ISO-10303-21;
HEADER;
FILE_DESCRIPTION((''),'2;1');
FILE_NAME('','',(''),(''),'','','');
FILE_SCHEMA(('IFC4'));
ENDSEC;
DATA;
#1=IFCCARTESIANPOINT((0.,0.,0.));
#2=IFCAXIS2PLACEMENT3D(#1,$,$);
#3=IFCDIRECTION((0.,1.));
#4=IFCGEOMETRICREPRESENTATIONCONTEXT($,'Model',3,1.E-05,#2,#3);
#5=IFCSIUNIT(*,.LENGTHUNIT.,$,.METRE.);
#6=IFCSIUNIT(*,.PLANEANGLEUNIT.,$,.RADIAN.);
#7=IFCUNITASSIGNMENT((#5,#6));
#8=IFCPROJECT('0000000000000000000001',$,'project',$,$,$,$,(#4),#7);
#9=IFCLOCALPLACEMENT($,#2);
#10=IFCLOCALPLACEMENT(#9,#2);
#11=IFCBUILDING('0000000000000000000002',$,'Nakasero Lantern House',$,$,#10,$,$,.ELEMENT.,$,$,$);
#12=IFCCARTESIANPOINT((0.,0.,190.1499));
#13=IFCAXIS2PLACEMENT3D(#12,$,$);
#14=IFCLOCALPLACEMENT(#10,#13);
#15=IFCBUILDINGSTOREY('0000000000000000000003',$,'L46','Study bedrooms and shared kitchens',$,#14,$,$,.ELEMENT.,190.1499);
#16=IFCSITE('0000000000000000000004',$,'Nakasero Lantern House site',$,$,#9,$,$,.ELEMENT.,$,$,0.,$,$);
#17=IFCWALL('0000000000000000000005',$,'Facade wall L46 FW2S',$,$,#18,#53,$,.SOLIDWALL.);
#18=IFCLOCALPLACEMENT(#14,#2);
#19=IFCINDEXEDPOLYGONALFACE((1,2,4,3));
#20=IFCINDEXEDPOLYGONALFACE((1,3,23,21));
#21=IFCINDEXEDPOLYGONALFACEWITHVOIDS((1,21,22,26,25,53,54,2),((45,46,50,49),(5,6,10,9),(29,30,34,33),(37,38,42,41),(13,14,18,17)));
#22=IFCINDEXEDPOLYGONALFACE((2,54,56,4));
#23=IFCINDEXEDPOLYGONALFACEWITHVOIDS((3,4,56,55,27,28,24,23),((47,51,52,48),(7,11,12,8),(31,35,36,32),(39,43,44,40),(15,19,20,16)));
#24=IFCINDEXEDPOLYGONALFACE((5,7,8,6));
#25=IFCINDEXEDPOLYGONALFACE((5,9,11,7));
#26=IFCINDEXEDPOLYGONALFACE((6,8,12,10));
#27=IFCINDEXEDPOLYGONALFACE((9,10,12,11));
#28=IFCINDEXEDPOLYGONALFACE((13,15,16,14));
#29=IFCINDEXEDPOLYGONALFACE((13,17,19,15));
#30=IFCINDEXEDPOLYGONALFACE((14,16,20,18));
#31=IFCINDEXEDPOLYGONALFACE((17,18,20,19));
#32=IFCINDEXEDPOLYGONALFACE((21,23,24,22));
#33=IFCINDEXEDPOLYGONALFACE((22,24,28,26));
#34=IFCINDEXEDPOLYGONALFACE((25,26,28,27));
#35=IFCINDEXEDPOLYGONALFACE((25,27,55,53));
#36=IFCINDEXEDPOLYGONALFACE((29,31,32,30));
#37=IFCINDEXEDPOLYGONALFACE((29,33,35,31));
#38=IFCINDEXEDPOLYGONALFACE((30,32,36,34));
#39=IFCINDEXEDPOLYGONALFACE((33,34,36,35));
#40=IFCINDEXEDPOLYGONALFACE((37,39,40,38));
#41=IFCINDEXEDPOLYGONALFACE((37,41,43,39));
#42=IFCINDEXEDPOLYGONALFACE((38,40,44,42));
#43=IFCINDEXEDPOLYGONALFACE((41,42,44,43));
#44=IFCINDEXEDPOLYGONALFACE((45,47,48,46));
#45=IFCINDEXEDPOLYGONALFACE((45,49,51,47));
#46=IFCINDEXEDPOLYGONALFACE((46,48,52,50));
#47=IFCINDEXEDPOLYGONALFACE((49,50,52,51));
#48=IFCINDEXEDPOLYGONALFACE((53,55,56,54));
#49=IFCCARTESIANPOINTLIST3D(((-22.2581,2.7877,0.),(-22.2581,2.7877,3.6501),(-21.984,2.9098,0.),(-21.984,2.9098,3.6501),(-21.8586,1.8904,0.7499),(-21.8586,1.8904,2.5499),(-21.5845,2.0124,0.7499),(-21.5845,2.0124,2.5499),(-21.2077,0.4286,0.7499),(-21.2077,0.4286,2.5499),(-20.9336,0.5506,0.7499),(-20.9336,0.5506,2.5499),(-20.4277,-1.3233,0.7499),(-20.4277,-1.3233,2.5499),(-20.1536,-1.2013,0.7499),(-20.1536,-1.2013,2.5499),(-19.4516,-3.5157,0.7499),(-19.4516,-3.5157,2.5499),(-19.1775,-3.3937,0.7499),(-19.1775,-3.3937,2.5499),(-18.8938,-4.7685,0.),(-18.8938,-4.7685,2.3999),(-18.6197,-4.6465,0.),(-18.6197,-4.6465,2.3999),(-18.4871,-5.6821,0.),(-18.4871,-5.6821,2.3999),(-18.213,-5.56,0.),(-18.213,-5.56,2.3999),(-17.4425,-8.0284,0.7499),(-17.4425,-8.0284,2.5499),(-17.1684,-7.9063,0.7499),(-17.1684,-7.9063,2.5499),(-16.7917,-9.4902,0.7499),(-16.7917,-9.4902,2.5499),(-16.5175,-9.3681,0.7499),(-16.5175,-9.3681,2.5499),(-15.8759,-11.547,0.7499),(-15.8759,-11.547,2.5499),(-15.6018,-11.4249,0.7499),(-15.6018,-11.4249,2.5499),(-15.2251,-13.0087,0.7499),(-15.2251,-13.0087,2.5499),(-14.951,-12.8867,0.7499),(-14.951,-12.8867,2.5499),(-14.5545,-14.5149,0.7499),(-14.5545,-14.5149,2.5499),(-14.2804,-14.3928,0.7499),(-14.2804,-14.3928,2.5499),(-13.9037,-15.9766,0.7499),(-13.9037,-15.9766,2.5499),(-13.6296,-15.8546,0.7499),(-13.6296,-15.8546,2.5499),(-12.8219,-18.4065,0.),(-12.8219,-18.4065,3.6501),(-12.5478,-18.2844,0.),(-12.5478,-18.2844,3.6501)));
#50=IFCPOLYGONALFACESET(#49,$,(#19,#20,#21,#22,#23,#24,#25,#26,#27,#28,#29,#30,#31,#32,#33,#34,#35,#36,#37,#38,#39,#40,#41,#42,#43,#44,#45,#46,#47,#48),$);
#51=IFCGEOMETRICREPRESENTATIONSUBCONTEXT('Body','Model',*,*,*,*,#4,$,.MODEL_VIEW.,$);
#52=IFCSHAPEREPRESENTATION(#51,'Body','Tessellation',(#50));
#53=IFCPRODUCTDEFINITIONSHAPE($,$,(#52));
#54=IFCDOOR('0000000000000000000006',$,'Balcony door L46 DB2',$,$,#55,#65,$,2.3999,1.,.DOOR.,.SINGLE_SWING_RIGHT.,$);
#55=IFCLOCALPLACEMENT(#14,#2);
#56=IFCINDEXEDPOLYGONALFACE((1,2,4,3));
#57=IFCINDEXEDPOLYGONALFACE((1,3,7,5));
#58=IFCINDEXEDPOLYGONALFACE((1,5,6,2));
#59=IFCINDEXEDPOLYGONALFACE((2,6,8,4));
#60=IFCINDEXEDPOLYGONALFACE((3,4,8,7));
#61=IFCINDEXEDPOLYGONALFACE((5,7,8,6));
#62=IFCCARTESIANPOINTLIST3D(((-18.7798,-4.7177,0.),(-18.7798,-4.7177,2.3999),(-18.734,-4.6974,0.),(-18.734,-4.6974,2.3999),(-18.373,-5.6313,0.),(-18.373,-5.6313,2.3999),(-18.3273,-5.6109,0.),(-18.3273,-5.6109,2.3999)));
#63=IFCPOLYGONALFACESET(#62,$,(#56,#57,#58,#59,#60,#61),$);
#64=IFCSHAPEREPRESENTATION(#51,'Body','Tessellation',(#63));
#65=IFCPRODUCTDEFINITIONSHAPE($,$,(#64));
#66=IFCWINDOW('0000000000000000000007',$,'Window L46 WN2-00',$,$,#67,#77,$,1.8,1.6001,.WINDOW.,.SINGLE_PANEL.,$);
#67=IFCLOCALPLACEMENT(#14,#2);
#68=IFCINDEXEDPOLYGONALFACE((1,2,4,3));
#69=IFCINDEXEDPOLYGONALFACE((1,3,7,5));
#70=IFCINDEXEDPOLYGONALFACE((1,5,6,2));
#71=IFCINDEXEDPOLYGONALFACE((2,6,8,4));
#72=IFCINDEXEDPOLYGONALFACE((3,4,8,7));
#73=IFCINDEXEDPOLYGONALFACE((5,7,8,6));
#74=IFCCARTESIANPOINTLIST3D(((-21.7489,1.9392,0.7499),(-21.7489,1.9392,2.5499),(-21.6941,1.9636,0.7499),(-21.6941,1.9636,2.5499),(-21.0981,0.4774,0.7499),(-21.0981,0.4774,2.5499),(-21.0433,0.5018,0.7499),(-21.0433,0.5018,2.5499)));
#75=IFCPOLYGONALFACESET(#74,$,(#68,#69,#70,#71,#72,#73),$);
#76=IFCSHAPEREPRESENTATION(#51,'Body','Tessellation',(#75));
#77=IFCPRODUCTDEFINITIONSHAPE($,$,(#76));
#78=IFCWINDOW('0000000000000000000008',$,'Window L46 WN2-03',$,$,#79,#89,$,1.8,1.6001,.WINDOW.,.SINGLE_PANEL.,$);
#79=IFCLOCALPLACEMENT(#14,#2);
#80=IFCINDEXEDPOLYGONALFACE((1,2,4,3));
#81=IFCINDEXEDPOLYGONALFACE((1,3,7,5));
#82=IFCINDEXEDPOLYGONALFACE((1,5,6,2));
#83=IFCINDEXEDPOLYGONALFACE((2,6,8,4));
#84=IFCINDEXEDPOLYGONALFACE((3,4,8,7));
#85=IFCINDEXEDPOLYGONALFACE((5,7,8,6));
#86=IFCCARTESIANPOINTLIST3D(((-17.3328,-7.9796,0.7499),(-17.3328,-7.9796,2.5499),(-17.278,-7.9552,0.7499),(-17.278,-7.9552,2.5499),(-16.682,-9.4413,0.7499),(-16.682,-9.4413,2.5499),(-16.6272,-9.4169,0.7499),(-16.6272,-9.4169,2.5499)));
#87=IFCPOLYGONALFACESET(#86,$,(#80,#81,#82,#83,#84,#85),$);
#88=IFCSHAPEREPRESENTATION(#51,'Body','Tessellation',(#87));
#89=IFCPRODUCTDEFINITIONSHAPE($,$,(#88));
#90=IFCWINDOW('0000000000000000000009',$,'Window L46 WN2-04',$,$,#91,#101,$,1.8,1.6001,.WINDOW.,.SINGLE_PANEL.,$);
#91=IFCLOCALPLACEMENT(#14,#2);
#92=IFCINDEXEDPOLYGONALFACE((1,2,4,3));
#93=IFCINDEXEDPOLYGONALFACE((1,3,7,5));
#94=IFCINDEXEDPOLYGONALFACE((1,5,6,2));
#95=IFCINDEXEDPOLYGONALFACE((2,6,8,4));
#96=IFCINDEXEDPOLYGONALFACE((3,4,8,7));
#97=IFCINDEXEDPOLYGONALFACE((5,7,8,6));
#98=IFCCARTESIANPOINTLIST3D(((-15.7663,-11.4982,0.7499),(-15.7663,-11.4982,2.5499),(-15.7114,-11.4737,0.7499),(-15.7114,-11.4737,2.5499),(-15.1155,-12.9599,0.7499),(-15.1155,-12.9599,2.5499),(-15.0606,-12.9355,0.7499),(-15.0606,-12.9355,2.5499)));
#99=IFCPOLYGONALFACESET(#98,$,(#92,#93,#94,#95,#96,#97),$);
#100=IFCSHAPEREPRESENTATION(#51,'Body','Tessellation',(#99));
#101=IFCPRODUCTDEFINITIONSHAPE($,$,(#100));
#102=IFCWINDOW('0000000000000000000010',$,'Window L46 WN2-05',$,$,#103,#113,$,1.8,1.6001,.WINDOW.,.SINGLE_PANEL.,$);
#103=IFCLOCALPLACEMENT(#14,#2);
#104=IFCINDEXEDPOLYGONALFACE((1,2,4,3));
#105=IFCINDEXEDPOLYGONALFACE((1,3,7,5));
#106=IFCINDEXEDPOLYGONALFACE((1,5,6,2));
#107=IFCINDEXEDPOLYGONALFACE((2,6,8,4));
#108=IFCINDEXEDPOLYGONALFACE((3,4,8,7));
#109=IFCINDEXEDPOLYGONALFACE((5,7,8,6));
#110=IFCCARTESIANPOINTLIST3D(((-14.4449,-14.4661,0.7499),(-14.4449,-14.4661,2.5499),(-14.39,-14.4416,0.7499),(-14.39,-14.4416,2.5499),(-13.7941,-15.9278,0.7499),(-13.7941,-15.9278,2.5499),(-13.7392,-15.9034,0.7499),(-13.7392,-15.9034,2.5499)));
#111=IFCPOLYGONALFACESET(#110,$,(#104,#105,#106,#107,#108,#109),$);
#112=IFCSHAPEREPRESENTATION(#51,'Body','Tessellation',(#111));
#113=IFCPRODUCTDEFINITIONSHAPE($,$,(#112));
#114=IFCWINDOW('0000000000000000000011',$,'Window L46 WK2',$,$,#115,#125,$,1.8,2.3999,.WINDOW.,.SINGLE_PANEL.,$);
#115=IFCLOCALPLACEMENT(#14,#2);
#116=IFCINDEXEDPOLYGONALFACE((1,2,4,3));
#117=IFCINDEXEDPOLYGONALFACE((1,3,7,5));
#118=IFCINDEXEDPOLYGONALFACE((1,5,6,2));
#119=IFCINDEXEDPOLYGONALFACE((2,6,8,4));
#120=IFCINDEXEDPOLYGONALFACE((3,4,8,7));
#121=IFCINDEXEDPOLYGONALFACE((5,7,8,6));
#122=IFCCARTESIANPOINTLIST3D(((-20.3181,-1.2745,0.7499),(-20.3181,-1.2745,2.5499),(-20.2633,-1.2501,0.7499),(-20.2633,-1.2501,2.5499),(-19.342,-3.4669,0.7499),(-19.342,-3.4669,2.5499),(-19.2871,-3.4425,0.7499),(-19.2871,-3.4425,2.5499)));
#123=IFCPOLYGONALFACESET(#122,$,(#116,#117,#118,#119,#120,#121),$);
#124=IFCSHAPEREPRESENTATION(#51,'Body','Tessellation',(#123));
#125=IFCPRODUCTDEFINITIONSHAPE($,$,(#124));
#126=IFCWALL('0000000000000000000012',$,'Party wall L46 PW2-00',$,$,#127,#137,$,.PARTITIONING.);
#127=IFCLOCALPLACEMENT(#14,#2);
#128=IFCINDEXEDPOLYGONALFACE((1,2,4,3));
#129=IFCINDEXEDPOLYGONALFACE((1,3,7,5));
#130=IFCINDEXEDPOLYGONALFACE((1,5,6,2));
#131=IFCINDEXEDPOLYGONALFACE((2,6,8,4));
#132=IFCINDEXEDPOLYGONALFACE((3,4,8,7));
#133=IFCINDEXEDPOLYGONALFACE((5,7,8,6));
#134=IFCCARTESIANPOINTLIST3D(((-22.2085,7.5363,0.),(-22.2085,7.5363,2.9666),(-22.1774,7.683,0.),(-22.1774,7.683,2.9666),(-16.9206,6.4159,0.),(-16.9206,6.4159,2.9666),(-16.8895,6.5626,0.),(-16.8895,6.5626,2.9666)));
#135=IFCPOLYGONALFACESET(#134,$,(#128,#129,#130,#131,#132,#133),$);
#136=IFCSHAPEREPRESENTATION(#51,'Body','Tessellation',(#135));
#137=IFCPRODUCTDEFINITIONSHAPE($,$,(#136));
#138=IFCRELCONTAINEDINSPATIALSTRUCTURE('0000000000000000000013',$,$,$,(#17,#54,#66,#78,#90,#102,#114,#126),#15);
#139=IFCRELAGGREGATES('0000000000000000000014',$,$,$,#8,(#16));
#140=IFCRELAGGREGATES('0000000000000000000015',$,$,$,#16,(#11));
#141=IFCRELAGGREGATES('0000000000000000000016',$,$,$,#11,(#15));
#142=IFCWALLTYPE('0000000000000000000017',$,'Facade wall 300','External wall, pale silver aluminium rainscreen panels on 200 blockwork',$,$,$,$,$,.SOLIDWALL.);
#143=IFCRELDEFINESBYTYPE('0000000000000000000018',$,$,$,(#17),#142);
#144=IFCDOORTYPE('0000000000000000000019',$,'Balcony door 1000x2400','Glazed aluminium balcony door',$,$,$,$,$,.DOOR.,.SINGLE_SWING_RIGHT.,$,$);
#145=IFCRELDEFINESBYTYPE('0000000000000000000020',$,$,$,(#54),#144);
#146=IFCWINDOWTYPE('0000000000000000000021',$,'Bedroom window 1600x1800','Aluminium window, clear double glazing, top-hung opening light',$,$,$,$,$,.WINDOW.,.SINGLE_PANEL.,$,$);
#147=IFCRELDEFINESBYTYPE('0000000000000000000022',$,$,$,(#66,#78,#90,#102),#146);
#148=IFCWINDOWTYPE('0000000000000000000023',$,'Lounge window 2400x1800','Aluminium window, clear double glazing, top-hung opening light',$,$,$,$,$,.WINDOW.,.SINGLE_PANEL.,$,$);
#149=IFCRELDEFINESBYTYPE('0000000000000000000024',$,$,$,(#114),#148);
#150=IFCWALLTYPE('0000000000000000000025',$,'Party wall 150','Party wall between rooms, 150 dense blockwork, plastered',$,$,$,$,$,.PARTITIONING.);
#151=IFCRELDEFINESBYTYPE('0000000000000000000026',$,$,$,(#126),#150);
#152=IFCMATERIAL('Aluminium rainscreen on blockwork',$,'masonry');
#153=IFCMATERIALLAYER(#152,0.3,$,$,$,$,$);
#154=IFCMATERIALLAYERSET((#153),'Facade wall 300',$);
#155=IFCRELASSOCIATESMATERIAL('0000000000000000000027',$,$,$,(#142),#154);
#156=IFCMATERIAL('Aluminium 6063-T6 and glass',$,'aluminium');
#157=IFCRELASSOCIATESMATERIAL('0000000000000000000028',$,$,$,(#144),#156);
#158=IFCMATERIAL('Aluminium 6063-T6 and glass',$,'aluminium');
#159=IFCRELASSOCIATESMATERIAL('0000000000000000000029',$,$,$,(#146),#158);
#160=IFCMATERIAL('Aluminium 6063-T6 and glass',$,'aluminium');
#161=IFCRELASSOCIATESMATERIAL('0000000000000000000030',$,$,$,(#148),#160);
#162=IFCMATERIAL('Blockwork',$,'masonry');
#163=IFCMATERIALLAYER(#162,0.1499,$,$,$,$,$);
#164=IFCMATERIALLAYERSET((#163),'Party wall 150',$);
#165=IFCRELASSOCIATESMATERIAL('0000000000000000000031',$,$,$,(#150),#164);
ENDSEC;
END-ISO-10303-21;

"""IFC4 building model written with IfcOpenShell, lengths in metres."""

from ifc_helpers import new_model, si_unit, direction, frame, frame_2d, origin, place, context, subcontext, project, spatial, rectangle, extrude, material, layer, layer_set, type_object, element, fill, save


model = new_model("IFC4")

# Units and contexts
model_context = context("Model", 3, precision=1e-05, world=origin(), true_north=direction((0.0, 1.0)))
body_context = subcontext(model_context, "Body", "Model", "MODEL_VIEW")
ifc_project = project(units=[si_unit("LENGTHUNIT", "METRE"), si_unit("PLANEANGLEUNIT", "RADIAN")], contexts=[model_context])

# Site, building, storey
site_placement = place(None, origin())
site = spatial("IfcSite", under=ifc_project, at=site_placement, Name="Nakasero Lantern House site", CompositionType="ELEMENT", RefElevation=0.0)
building_placement = place(site_placement, origin())
building = spatial("IfcBuilding", under=site, at=building_placement, Name="Nakasero Lantern House", CompositionType="ELEMENT")
storey_placement = place(building_placement, frame((0.0, 0.0, 190.1499)))
storey = spatial("IfcBuildingStorey", under=building, at=storey_placement, Name="L46", Description="Study bedrooms and shared kitchens", CompositionType="ELEMENT", Elevation=190.1499)

# Shared definitions
ifc_material_1 = material(Name="Aluminium rainscreen on blockwork", Category="masonry")
ifc_layer_1 = layer(ifc_material_1, 0.3)
ifc_layer_set_1 = layer_set([ifc_layer_1], Name="Facade wall 300")
wall_type_1 = type_object("IfcWallType", Name="Facade wall 300", Description="External wall, pale silver aluminium rainscreen panels on 200 blockwork", PredefinedType="SOLIDWALL", material=ifc_layer_set_1)

# Wall, openings, door, windows
wall_1_placement = place(storey_placement, frame((-22.1211, 2.8489, 0.0), z_axis=(0.0, 0.0, 1.0), x_axis=(0.406735, -0.913546, 0.0)))
wall_1 = element("IfcWall", 1, at=wall_1_placement, inside=storey, type_object=wall_type_1, Name="Facade wall L46 FW2S", PredefinedType="SOLIDWALL", context=body_context, shape_type="SweptSolid", body=[
    extrude(rectangle(XDim=23.2, YDim=0.3, at=frame_2d((11.6001, 0.0))), origin(), (0.0, 0.0, 1.0), 3.6501),
])
opening_1_placement = place(wall_1_placement, frame((0.9824, 0.0, 0.75)))
opening_1 = element("IfcOpeningElement", 2, at=opening_1_placement, cuts=wall_1, PredefinedType="OPENING", context=body_context, shape_type="SweptSolid", body=[
    extrude(rectangle(XDim=1.6001, YDim=1.8, at=frame_2d((0.8, 0.8999))), frame((0.0, 0.1699, 0.0), z_axis=(0.0, -1.0, 0.0), x_axis=(1.0, 0.0, 0.0)), (0.0, 0.0, 1.0), 0.3401),
])
opening_2_placement = place(wall_1_placement, frame((11.8398, 0.0, 0.75)))
opening_2 = element("IfcOpeningElement", 3, at=opening_2_placement, cuts=wall_1, PredefinedType="OPENING", context=body_context, shape_type="SweptSolid", body=[
    extrude(rectangle(XDim=1.6001, YDim=1.8, at=frame_2d((0.8, 0.8999))), frame((0.0, 0.1699, 0.0), z_axis=(0.0, -1.0, 0.0), x_axis=(1.0, 0.0, 0.0)), (0.0, 0.0, 1.0), 0.3401),
])
opening_3_placement = place(wall_1_placement, frame((15.6914, 0.0, 0.75)))
opening_3 = element("IfcOpeningElement", 4, at=opening_3_placement, cuts=wall_1, PredefinedType="OPENING", context=body_context, shape_type="SweptSolid", body=[
    extrude(rectangle(XDim=1.6001, YDim=1.8, at=frame_2d((0.8, 0.8999))), frame((0.0, 0.1699, 0.0), z_axis=(0.0, -1.0, 0.0), x_axis=(1.0, 0.0, 0.0)), (0.0, 0.0, 1.0), 0.3401),
])
opening_4_placement = place(wall_1_placement, frame((18.9402, 0.0, 0.75)))
opening_4 = element("IfcOpeningElement", 5, at=opening_4_placement, cuts=wall_1, PredefinedType="OPENING", context=body_context, shape_type="SweptSolid", body=[
    extrude(rectangle(XDim=1.6001, YDim=1.8, at=frame_2d((0.8, 0.8999))), frame((0.0, 0.1699, 0.0), z_axis=(0.0, -1.0, 0.0), x_axis=(1.0, 0.0, 0.0)), (0.0, 0.0, 1.0), 0.3401),
])
opening_5_placement = place(wall_1_placement, frame((4.5002, 0.0, 0.75)))
opening_5 = element("IfcOpeningElement", 6, at=opening_5_placement, cuts=wall_1, PredefinedType="OPENING", context=body_context, shape_type="SweptSolid", body=[
    extrude(rectangle(XDim=2.3999, YDim=1.8, at=frame_2d((1.2, 0.8999))), frame((0.0, 0.1699, 0.0), z_axis=(0.0, -1.0, 0.0), x_axis=(1.0, 0.0, 0.0)), (0.0, 0.0, 1.0), 0.3401),
])
opening_6_placement = place(wall_1_placement, frame((8.2715, 0.0, 0.0)))
opening_6 = element("IfcOpeningElement", 7, at=opening_6_placement, cuts=wall_1, PredefinedType="OPENING", context=body_context, shape_type="SweptSolid", body=[
    extrude(rectangle(XDim=1.0, YDim=2.3999, at=frame_2d((0.5, 1.2))), frame((0.0, 0.1699, 0.0), z_axis=(0.0, -1.0, 0.0), x_axis=(1.0, 0.0, 0.0)), (0.0, 0.0, 1.0), 0.3401),
])
ifc_material_2 = material(Name="Aluminium 6063-T6 and glass", Category="aluminium")
door_type_1 = type_object("IfcDoorType", Name="Balcony door 1000x2400", Description="Glazed aluminium balcony door", OperationType="SINGLE_SWING_RIGHT", PredefinedType="DOOR", material=ifc_material_2)
door_1_placement = place(opening_6_placement, origin())
door_1 = element("IfcDoor", 8, at=door_1_placement, inside=storey, type_object=door_type_1, Name="Balcony door L46 DB2", OperationType="SINGLE_SWING_RIGHT", OverallHeight=2.3999, OverallWidth=1.0, PredefinedType="DOOR", context=body_context, shape_type="SweptSolid", body=[
    extrude(rectangle(XDim=1.0, YDim=2.3999, at=frame_2d((0.5, 1.2))), frame((0.0, 0.0249, 0.0), z_axis=(0.0, -1.0, 0.0), x_axis=(1.0, 0.0, 0.0)), (0.0, 0.0, 1.0), 0.05),
])
fill(opening_6, door_1)
ifc_material_3 = material(Name="Aluminium 6063-T6 and glass", Category="aluminium")
window_type_1 = type_object("IfcWindowType", Name="Bedroom window 1600x1800", Description="Aluminium window, clear double glazing, top-hung opening light", PartitioningType="SINGLE_PANEL", PredefinedType="WINDOW", material=ifc_material_3)
window_1_placement = place(opening_1_placement, origin())
window_1 = element("IfcWindow", 9, at=window_1_placement, inside=storey, type_object=window_type_1, Name="Window L46 WN2-00", OverallHeight=1.8, OverallWidth=1.6001, PartitioningType="SINGLE_PANEL", PredefinedType="WINDOW", context=body_context, shape_type="SweptSolid", body=[
    extrude(rectangle(XDim=1.6001, YDim=1.8, at=frame_2d((0.8, 0.8999))), frame((0.0, 0.03, 0.0), z_axis=(0.0, -1.0, 0.0), x_axis=(1.0, 0.0, 0.0)), (0.0, 0.0, 1.0), 0.0601),
])
fill(opening_1, window_1)
window_2_placement = place(opening_2_placement, origin())
window_2 = element("IfcWindow", 10, at=window_2_placement, inside=storey, type_object=window_type_1, Name="Window L46 WN2-03", OverallHeight=1.8, OverallWidth=1.6001, PartitioningType="SINGLE_PANEL", PredefinedType="WINDOW", context=body_context, shape_type="SweptSolid", body=[
    extrude(rectangle(XDim=1.6001, YDim=1.8, at=frame_2d((0.8, 0.8999))), frame((0.0, 0.03, 0.0), z_axis=(0.0, -1.0, 0.0), x_axis=(1.0, 0.0, 0.0)), (0.0, 0.0, 1.0), 0.0601),
])
fill(opening_2, window_2)
window_3_placement = place(opening_3_placement, origin())
window_3 = element("IfcWindow", 11, at=window_3_placement, inside=storey, type_object=window_type_1, Name="Window L46 WN2-04", OverallHeight=1.8, OverallWidth=1.6001, PartitioningType="SINGLE_PANEL", PredefinedType="WINDOW", context=body_context, shape_type="SweptSolid", body=[
    extrude(rectangle(XDim=1.6001, YDim=1.8, at=frame_2d((0.8, 0.8999))), frame((0.0, 0.03, 0.0), z_axis=(0.0, -1.0, 0.0), x_axis=(1.0, 0.0, 0.0)), (0.0, 0.0, 1.0), 0.0601),
])
fill(opening_3, window_3)
window_4_placement = place(opening_4_placement, origin())
window_4 = element("IfcWindow", 12, at=window_4_placement, inside=storey, type_object=window_type_1, Name="Window L46 WN2-05", OverallHeight=1.8, OverallWidth=1.6001, PartitioningType="SINGLE_PANEL", PredefinedType="WINDOW", context=body_context, shape_type="SweptSolid", body=[
    extrude(rectangle(XDim=1.6001, YDim=1.8, at=frame_2d((0.8, 0.8999))), frame((0.0, 0.03, 0.0), z_axis=(0.0, -1.0, 0.0), x_axis=(1.0, 0.0, 0.0)), (0.0, 0.0, 1.0), 0.0601),
])
fill(opening_4, window_4)
ifc_material_4 = material(Name="Aluminium 6063-T6 and glass", Category="aluminium")
window_type_2 = type_object("IfcWindowType", Name="Lounge window 2400x1800", Description="Aluminium window, clear double glazing, top-hung opening light", PartitioningType="SINGLE_PANEL", PredefinedType="WINDOW", material=ifc_material_4)
window_5_placement = place(opening_5_placement, origin())
window_5 = element("IfcWindow", 13, at=window_5_placement, inside=storey, type_object=window_type_2, Name="Window L46 WK2", OverallHeight=1.8, OverallWidth=2.3999, PartitioningType="SINGLE_PANEL", PredefinedType="WINDOW", context=body_context, shape_type="SweptSolid", body=[
    extrude(rectangle(XDim=2.3999, YDim=1.8, at=frame_2d((1.2, 0.8999))), frame((0.0, 0.03, 0.0), z_axis=(0.0, -1.0, 0.0), x_axis=(1.0, 0.0, 0.0)), (0.0, 0.0, 1.0), 0.0601),
])
fill(opening_5, window_5)

# Wall
ifc_material_5 = material(Name="Blockwork", Category="masonry")
ifc_layer_2 = layer(ifc_material_5, 0.1499)
ifc_layer_set_2 = layer_set([ifc_layer_2], Name="Party wall 150")
wall_type_2 = type_object("IfcWallType", Name="Party wall 150", Description="Party wall between rooms, 150 dense blockwork, plastered", PredefinedType="PARTITIONING", material=ifc_layer_set_2)
wall_2_placement = place(storey_placement, frame((-16.905, 6.4893, 0.0), z_axis=(0.0, 0.0, 1.0), x_axis=(-0.978283, 0.207274, 0.0)))
element("IfcWall", 14, at=wall_2_placement, inside=storey, type_object=wall_type_2, Name="Party wall L46 PW2-00", PredefinedType="PARTITIONING", context=body_context, shape_type="SweptSolid", body=[
    extrude(rectangle(XDim=5.4053, YDim=0.1499, at=frame_2d((2.7026, 0.0))), origin(), (0.0, 0.0, 1.0), 2.9666),
])

save(model, "model.ifc")
